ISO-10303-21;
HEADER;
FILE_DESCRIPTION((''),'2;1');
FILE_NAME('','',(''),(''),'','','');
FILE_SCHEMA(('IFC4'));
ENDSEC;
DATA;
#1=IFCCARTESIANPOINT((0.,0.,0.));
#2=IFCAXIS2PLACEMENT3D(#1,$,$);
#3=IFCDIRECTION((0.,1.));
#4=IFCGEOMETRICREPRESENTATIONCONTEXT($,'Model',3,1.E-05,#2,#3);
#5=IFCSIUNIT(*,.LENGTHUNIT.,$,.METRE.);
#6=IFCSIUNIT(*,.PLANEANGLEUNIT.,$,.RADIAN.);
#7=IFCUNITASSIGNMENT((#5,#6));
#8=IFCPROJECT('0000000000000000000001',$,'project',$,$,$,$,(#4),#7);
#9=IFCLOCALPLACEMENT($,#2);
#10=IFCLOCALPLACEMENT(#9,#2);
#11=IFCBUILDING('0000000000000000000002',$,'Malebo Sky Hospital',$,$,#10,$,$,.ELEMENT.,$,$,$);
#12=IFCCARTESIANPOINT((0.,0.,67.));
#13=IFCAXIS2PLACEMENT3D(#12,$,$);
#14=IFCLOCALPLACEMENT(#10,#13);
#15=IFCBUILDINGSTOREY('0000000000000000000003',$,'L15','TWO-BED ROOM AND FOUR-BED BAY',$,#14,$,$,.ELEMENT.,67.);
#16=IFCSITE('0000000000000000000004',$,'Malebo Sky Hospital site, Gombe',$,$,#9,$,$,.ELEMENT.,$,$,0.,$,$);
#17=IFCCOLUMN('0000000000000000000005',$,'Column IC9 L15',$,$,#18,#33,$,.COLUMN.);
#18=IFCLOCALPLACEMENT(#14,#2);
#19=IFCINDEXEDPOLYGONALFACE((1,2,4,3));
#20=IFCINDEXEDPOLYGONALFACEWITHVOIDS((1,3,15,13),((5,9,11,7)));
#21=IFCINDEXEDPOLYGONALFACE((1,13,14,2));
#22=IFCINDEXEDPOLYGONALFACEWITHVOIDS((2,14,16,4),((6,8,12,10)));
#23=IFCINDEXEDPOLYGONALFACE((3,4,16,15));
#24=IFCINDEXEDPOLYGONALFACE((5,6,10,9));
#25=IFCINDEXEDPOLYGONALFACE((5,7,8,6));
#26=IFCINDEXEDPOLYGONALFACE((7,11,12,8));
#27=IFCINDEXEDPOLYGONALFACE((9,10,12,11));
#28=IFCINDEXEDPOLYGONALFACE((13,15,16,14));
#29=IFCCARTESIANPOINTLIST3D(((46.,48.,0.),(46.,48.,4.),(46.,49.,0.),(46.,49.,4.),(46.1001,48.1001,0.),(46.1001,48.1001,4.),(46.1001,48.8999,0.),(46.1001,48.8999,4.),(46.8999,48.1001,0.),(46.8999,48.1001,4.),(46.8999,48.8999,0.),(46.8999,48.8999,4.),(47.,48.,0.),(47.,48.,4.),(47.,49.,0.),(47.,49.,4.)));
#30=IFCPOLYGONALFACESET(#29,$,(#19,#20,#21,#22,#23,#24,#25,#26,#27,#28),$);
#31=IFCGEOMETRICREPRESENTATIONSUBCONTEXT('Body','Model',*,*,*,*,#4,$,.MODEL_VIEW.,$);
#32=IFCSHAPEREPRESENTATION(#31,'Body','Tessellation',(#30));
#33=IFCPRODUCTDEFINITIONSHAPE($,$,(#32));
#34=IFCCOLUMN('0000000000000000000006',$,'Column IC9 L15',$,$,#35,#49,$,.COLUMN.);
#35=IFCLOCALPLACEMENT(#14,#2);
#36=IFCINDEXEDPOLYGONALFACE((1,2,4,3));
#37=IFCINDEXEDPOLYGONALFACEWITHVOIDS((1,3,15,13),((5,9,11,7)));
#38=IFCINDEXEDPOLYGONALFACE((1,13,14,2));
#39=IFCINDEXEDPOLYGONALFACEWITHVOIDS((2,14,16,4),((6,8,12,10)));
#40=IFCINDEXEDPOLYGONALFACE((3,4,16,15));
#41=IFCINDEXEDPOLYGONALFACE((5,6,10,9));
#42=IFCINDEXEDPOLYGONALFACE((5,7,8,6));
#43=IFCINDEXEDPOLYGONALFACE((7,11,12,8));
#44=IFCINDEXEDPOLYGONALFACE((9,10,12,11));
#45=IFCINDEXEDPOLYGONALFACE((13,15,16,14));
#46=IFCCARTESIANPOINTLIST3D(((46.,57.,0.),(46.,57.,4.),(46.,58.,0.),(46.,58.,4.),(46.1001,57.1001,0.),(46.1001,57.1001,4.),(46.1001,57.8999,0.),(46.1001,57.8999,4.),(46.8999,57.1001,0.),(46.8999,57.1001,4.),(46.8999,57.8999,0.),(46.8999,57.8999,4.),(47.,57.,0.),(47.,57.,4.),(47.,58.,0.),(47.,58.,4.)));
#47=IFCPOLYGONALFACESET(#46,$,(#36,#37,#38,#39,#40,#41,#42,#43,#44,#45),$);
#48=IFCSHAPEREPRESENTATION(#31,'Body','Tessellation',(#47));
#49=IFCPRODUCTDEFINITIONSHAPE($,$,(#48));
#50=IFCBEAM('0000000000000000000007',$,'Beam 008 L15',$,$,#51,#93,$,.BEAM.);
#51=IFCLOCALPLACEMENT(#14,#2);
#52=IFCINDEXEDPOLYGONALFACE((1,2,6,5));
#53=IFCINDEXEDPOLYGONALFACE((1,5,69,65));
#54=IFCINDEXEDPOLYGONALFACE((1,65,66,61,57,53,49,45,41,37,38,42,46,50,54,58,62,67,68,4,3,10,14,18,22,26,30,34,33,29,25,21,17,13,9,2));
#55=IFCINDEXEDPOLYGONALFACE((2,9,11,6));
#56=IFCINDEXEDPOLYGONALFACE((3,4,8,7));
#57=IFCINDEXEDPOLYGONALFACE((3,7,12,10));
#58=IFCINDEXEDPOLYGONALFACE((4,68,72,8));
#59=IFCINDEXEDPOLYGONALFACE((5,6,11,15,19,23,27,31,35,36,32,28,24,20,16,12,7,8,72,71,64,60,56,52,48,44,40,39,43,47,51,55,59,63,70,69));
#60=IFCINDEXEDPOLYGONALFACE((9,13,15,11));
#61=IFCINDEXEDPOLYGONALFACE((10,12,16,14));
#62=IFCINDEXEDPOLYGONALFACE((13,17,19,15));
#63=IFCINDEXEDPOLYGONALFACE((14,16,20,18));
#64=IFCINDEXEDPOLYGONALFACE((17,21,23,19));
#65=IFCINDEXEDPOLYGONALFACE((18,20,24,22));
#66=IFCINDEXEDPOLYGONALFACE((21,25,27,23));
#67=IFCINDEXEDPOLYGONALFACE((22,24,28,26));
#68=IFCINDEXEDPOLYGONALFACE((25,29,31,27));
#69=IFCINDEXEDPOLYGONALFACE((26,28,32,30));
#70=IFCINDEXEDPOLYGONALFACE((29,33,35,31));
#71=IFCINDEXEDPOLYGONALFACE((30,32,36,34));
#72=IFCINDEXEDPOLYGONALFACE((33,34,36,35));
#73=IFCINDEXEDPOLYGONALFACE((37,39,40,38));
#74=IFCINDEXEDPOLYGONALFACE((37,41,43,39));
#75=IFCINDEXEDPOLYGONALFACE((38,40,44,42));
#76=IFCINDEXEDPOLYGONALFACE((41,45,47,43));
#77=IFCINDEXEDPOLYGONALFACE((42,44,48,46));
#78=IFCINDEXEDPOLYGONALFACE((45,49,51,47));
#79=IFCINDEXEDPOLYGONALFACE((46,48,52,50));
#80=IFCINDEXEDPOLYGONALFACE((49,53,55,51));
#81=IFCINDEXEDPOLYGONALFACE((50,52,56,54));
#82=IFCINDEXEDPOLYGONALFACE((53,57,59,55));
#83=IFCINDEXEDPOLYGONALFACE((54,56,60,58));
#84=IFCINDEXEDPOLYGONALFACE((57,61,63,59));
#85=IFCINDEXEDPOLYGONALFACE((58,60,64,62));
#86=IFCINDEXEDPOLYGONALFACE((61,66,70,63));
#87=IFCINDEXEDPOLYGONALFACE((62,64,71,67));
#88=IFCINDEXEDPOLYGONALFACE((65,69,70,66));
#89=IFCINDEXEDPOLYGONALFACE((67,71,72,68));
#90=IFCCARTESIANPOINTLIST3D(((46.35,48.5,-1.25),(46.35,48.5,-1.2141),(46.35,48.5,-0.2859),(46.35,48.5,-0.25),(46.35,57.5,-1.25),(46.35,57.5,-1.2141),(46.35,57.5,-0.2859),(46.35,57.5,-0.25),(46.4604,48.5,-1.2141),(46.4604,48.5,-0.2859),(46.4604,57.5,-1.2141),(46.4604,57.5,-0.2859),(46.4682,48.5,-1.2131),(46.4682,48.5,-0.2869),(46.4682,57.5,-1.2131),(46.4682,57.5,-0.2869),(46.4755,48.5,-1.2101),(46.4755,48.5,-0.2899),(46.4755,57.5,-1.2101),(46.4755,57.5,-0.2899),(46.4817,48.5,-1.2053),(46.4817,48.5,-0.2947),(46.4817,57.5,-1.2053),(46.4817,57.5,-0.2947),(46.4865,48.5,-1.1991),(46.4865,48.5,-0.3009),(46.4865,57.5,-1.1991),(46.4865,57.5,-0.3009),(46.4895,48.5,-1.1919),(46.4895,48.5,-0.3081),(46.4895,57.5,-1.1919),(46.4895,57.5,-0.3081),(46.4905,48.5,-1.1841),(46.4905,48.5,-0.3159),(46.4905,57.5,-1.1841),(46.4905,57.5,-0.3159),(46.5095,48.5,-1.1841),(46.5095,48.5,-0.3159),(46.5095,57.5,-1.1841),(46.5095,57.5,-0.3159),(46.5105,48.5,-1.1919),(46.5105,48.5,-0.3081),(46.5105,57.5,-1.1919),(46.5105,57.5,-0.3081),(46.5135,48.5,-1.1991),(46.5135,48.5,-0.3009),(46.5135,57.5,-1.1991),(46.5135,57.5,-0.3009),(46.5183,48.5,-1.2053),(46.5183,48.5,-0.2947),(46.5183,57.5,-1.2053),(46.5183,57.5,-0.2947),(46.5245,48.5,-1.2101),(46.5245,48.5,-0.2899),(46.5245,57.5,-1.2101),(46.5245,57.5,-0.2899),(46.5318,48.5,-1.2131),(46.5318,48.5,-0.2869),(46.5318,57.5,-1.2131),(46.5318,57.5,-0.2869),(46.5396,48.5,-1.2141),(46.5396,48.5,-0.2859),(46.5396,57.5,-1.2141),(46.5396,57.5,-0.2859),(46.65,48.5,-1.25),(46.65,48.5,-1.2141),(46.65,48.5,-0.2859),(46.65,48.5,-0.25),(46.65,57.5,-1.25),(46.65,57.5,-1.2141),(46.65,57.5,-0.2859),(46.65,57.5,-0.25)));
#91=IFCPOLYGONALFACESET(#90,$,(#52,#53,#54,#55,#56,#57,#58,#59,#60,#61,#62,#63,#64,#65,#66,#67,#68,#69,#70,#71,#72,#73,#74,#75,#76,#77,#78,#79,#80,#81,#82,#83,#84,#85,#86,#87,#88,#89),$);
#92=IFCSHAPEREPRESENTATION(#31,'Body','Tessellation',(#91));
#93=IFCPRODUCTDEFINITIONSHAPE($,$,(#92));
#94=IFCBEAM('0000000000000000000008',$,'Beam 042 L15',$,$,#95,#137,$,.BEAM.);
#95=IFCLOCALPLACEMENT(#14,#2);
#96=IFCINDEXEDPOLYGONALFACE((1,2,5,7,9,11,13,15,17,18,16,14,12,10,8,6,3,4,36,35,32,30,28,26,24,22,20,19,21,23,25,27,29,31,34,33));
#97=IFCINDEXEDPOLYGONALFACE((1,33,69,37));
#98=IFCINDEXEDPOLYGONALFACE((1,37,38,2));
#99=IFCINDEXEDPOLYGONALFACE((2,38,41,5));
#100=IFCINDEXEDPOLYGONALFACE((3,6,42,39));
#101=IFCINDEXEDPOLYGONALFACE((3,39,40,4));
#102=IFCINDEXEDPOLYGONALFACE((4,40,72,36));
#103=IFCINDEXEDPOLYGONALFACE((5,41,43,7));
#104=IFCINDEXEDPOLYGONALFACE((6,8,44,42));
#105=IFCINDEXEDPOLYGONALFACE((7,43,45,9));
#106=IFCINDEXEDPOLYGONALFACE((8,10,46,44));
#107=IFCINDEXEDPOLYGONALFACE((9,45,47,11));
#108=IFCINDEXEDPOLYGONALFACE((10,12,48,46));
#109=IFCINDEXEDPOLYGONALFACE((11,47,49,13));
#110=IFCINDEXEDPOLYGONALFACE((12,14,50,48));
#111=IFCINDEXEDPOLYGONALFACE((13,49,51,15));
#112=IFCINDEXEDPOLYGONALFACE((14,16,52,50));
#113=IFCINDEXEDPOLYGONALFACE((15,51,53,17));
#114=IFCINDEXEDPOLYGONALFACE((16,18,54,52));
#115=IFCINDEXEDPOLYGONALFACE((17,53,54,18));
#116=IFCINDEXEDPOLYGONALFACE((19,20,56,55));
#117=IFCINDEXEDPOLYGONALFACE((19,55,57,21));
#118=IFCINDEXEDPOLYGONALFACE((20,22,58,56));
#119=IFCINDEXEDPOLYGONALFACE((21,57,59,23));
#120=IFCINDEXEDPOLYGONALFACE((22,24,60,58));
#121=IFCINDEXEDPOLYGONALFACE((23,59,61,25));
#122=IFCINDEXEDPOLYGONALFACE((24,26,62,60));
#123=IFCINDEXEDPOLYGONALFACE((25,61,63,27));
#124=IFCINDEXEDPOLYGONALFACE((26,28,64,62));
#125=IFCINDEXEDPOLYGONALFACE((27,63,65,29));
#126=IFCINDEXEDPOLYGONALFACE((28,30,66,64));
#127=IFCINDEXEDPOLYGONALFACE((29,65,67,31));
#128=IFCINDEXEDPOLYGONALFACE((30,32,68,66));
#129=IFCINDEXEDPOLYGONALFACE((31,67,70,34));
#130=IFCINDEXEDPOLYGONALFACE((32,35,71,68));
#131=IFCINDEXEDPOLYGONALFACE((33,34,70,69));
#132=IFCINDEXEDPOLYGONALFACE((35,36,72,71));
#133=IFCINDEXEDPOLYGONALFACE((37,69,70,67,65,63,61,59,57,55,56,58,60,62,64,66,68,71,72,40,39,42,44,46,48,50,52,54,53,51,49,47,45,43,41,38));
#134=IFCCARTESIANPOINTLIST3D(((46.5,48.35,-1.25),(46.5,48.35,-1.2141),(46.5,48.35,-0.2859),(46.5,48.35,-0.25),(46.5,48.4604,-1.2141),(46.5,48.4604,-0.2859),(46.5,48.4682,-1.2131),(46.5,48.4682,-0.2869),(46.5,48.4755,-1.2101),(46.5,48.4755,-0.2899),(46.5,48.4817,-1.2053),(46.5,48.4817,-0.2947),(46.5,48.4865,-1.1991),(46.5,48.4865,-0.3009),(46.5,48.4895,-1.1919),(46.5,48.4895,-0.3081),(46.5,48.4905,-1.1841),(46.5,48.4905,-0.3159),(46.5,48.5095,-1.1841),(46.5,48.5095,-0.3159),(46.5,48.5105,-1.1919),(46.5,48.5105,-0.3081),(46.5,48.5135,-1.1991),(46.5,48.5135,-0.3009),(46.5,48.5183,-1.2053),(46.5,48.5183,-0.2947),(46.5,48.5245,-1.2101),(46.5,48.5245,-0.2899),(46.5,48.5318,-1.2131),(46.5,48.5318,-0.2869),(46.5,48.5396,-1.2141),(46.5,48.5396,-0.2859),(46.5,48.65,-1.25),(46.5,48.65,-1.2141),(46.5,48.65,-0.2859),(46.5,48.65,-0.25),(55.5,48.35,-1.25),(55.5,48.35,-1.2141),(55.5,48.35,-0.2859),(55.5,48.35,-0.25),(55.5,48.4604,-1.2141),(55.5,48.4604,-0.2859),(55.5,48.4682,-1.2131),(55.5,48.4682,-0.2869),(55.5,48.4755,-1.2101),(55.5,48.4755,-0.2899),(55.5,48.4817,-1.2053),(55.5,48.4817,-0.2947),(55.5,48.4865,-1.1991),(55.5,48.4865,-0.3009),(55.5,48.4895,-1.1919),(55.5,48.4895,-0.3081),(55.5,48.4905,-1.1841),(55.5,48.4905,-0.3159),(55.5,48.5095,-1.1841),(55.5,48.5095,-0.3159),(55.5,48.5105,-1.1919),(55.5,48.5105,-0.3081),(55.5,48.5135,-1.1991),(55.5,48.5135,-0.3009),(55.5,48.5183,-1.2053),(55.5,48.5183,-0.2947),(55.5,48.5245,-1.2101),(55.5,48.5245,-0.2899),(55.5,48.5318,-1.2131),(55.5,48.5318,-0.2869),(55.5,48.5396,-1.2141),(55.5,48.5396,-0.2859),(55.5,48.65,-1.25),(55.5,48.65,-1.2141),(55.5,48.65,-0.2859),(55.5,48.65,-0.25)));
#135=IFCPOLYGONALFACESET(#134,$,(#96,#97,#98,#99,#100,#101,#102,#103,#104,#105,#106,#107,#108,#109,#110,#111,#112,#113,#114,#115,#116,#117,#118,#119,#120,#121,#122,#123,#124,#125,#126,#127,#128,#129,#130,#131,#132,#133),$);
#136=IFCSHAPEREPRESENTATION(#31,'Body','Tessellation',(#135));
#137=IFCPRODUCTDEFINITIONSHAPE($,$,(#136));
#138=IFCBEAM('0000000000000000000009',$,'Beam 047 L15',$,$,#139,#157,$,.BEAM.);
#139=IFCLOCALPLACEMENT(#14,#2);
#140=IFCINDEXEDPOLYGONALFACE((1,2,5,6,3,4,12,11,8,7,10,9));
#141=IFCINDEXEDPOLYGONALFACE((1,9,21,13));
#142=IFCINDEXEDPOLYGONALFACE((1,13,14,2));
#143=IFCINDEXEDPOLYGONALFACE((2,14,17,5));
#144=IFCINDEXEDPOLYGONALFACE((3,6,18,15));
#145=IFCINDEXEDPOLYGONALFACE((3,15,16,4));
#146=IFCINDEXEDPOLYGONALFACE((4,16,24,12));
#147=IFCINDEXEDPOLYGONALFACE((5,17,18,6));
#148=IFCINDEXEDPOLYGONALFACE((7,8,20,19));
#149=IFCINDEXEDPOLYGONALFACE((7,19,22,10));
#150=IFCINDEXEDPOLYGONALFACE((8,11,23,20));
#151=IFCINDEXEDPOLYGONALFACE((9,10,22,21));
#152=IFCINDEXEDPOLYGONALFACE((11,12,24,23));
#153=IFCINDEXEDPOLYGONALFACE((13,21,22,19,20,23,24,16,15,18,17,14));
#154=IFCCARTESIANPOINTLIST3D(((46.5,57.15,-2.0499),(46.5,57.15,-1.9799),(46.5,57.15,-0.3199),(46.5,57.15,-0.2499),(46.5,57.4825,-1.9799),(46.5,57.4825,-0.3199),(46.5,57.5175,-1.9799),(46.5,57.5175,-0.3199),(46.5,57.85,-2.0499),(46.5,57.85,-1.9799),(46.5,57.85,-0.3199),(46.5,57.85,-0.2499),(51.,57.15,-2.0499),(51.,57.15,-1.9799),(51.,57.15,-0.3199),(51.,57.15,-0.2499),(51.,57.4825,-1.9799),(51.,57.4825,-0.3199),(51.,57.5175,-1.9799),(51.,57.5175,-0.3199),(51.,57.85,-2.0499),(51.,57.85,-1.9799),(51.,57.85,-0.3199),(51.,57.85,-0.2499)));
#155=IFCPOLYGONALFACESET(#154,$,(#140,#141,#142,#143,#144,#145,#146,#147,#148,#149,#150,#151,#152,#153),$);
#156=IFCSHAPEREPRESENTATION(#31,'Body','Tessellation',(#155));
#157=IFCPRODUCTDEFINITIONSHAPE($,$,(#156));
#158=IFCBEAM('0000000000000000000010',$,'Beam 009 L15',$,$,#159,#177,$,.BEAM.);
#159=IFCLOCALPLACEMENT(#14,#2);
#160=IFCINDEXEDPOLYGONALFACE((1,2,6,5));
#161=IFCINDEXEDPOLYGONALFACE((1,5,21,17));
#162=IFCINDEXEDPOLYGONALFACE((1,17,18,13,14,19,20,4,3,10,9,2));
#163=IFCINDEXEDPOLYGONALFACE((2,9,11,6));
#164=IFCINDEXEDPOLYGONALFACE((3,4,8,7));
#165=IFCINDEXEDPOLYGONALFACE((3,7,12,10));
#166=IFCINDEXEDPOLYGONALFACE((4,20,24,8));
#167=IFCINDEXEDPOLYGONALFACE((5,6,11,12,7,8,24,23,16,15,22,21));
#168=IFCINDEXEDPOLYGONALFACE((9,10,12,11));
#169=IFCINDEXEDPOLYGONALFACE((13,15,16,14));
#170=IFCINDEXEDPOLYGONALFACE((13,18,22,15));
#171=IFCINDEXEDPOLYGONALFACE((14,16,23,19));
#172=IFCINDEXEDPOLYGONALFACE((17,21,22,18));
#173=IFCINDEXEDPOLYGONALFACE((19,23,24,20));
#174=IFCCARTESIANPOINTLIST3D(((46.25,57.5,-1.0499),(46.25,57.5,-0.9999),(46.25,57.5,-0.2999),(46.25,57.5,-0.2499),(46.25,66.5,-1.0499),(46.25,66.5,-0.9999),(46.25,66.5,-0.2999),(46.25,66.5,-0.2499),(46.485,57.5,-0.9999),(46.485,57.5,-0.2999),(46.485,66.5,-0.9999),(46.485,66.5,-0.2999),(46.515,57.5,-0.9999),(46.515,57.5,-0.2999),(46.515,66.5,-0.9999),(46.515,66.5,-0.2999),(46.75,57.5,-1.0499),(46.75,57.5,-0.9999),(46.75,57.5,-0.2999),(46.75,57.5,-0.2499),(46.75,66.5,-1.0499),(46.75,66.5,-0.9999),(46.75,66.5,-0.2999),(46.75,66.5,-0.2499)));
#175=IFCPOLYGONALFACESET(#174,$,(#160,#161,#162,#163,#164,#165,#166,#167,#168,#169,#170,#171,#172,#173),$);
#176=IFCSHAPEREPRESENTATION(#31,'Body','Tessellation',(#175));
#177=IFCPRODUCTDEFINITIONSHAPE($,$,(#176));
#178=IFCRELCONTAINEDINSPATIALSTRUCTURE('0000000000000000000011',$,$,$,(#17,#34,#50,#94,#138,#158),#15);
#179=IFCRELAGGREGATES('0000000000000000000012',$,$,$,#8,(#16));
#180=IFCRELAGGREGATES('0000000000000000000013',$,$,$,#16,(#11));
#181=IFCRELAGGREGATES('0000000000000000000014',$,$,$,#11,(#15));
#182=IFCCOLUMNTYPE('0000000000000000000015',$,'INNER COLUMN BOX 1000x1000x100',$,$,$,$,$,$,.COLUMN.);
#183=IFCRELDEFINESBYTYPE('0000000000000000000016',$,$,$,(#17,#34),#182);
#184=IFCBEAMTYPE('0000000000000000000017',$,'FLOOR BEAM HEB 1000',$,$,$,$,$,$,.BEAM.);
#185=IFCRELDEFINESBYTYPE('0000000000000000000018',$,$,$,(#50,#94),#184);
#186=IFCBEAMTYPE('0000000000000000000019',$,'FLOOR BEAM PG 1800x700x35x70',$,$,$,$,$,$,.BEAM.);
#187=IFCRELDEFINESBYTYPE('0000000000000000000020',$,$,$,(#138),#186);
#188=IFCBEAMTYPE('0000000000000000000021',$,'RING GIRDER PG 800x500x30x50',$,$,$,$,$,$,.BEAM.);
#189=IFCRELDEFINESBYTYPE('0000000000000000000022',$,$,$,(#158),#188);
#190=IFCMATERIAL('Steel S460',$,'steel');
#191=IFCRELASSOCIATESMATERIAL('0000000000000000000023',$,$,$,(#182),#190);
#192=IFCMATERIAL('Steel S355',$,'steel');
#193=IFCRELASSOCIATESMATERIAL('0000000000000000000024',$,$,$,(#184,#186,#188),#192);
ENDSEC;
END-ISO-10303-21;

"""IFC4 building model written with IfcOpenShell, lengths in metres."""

from ifc_helpers import new_model, si_unit, direction, frame, origin, origin_2d, place, context, subcontext, project, spatial, hollow_rectangle, i_section, extrude, material, material_profile, profile_set, type_object, element, save


model = new_model("IFC4")

# Units and contexts
model_context = context("Model", 3, precision=1e-05, world=origin(), true_north=direction((0.0, 1.0)))
body_context = subcontext(model_context, "Body", "Model", "MODEL_VIEW")
ifc_project = project(units=[si_unit("LENGTHUNIT", "METRE"), si_unit("PLANEANGLEUNIT", "RADIAN")], contexts=[model_context])

# Site, building, storey
site_placement = place(None, origin())
site = spatial("IfcSite", under=ifc_project, at=site_placement, Name="Malebo Sky Hospital site, Gombe", CompositionType="ELEMENT", RefElevation=0.0)
building_placement = place(site_placement, origin())
building = spatial("IfcBuilding", under=site, at=building_placement, Name="Malebo Sky Hospital", CompositionType="ELEMENT")
storey_placement = place(building_placement, frame((0.0, 0.0, 67.0)))
storey = spatial("IfcBuildingStorey", under=building, at=storey_placement, Name="L15", Description="TWO-BED ROOM AND FOUR-BED BAY", CompositionType="ELEMENT", Elevation=67.0)

# Columns
ifc_material_1 = material(Name="Steel S460", Category="steel")
ifc_material_profile_1 = material_profile(ifc_material_1, hollow_rectangle(XDim=1.0, YDim=1.0, WallThickness=0.1001, at=origin_2d()), Name="BOX 1000x1000x100")
ifc_profile_set_1 = profile_set([ifc_material_profile_1], Name="Steel S460")
column_type = type_object("IfcColumnType", Name="INNER COLUMN BOX 1000x1000x100", PredefinedType="COLUMN", material=ifc_profile_set_1)
for number, where, z_axis, x_axis, name in (
    (1, (46.5, 48.5, 0.0), (0.0, 0.0, 1.0), (1.0, 0.0, 0.0), "Column IC9 L15"),
    (2, (46.5, 57.5, 0.0), (0.0, 0.0, 1.0), (1.0, 0.0, 0.0), "Column IC9 L15"),
):
    element("IfcColumn", number, at=place(storey_placement, frame(where, z_axis=z_axis, x_axis=x_axis)), inside=storey, type_object=column_type, Name=name, PredefinedType="COLUMN", context=body_context, shape_type="SweptSolid", body=[
        extrude(hollow_rectangle(XDim=1.0, YDim=1.0, WallThickness=0.1001, at=origin_2d()), origin(), (0.0, 0.0, 1.0), 4.0),
    ])

# Beams
ifc_material_2 = material(Name="Steel S355", Category="steel")
ifc_material_profile_2 = material_profile(ifc_material_2, i_section(OverallWidth=0.3, OverallDepth=1.0, WebThickness=0.019, FlangeThickness=0.0359, FilletRadius=0.03, at=origin_2d()), Name="HEB 1000")
ifc_profile_set_2 = profile_set([ifc_material_profile_2], Name="Steel S355")
beam_type_1 = type_object("IfcBeamType", Name="FLOOR BEAM HEB 1000", PredefinedType="BEAM", material=ifc_profile_set_2)
for number, where, z_axis, x_axis, name in (
    (3, (46.5, 48.5, -0.75), (0.0, 1.0, 0.0), (-1.0, 0.0, 0.0), "Beam 008 L15"),
    (4, (46.5, 48.5, -0.75), (1.0, 0.0, 0.0), (0.0, 1.0, 0.0), "Beam 042 L15"),
):
    element("IfcBeam", number, at=place(storey_placement, frame(where, z_axis=z_axis, x_axis=x_axis)), inside=storey, type_object=beam_type_1, Name=name, PredefinedType="BEAM", context=body_context, shape_type="SweptSolid", body=[
        extrude(i_section(OverallWidth=0.3, OverallDepth=1.0, WebThickness=0.019, FlangeThickness=0.0359, FilletRadius=0.03, at=origin_2d()), origin(), (0.0, 0.0, 1.0), 9.0),
    ])
ifc_material_profile_3 = material_profile(ifc_material_2, i_section(OverallWidth=0.7, OverallDepth=1.8, WebThickness=0.0349, FlangeThickness=0.0701, at=origin_2d()), Name="PG 1800x700x35x70")
ifc_profile_set_3 = profile_set([ifc_material_profile_3], Name="Steel S355")
beam_type_2 = type_object("IfcBeamType", Name="FLOOR BEAM PG 1800x700x35x70", PredefinedType="BEAM", material=ifc_profile_set_3)
beam_1_placement = place(storey_placement, frame((46.5, 57.5, -1.1499), z_axis=(1.0, 0.0, 0.0), x_axis=(0.0, 1.0, 0.0)))
element("IfcBeam", 5, at=beam_1_placement, inside=storey, type_object=beam_type_2, Name="Beam 047 L15", PredefinedType="BEAM", context=body_context, shape_type="SweptSolid", body=[
    extrude(i_section(OverallWidth=0.7, OverallDepth=1.8, WebThickness=0.0349, FlangeThickness=0.0701, at=origin_2d()), origin(), (0.0, 0.0, 1.0), 4.5),
])
ifc_material_profile_4 = material_profile(ifc_material_2, i_section(OverallWidth=0.5, OverallDepth=0.8, WebThickness=0.03, FlangeThickness=0.05, at=origin_2d()), Name="PG 800x500x30x50")
ifc_profile_set_4 = profile_set([ifc_material_profile_4], Name="Steel S355")
beam_type_3 = type_object("IfcBeamType", Name="RING GIRDER PG 800x500x30x50", PredefinedType="BEAM", material=ifc_profile_set_4)
beam_2_placement = place(storey_placement, frame((46.5, 57.5, -0.6499), z_axis=(0.0, 1.0, 0.0), x_axis=(-1.0, 0.0, 0.0)))
element("IfcBeam", 6, at=beam_2_placement, inside=storey, type_object=beam_type_3, Name="Beam 009 L15", PredefinedType="BEAM", context=body_context, shape_type="SweptSolid", body=[
    extrude(i_section(OverallWidth=0.5, OverallDepth=0.8, WebThickness=0.03, FlangeThickness=0.05, at=origin_2d()), origin(), (0.0, 0.0, 1.0), 9.0),
])

save(model, "model.ifc")
